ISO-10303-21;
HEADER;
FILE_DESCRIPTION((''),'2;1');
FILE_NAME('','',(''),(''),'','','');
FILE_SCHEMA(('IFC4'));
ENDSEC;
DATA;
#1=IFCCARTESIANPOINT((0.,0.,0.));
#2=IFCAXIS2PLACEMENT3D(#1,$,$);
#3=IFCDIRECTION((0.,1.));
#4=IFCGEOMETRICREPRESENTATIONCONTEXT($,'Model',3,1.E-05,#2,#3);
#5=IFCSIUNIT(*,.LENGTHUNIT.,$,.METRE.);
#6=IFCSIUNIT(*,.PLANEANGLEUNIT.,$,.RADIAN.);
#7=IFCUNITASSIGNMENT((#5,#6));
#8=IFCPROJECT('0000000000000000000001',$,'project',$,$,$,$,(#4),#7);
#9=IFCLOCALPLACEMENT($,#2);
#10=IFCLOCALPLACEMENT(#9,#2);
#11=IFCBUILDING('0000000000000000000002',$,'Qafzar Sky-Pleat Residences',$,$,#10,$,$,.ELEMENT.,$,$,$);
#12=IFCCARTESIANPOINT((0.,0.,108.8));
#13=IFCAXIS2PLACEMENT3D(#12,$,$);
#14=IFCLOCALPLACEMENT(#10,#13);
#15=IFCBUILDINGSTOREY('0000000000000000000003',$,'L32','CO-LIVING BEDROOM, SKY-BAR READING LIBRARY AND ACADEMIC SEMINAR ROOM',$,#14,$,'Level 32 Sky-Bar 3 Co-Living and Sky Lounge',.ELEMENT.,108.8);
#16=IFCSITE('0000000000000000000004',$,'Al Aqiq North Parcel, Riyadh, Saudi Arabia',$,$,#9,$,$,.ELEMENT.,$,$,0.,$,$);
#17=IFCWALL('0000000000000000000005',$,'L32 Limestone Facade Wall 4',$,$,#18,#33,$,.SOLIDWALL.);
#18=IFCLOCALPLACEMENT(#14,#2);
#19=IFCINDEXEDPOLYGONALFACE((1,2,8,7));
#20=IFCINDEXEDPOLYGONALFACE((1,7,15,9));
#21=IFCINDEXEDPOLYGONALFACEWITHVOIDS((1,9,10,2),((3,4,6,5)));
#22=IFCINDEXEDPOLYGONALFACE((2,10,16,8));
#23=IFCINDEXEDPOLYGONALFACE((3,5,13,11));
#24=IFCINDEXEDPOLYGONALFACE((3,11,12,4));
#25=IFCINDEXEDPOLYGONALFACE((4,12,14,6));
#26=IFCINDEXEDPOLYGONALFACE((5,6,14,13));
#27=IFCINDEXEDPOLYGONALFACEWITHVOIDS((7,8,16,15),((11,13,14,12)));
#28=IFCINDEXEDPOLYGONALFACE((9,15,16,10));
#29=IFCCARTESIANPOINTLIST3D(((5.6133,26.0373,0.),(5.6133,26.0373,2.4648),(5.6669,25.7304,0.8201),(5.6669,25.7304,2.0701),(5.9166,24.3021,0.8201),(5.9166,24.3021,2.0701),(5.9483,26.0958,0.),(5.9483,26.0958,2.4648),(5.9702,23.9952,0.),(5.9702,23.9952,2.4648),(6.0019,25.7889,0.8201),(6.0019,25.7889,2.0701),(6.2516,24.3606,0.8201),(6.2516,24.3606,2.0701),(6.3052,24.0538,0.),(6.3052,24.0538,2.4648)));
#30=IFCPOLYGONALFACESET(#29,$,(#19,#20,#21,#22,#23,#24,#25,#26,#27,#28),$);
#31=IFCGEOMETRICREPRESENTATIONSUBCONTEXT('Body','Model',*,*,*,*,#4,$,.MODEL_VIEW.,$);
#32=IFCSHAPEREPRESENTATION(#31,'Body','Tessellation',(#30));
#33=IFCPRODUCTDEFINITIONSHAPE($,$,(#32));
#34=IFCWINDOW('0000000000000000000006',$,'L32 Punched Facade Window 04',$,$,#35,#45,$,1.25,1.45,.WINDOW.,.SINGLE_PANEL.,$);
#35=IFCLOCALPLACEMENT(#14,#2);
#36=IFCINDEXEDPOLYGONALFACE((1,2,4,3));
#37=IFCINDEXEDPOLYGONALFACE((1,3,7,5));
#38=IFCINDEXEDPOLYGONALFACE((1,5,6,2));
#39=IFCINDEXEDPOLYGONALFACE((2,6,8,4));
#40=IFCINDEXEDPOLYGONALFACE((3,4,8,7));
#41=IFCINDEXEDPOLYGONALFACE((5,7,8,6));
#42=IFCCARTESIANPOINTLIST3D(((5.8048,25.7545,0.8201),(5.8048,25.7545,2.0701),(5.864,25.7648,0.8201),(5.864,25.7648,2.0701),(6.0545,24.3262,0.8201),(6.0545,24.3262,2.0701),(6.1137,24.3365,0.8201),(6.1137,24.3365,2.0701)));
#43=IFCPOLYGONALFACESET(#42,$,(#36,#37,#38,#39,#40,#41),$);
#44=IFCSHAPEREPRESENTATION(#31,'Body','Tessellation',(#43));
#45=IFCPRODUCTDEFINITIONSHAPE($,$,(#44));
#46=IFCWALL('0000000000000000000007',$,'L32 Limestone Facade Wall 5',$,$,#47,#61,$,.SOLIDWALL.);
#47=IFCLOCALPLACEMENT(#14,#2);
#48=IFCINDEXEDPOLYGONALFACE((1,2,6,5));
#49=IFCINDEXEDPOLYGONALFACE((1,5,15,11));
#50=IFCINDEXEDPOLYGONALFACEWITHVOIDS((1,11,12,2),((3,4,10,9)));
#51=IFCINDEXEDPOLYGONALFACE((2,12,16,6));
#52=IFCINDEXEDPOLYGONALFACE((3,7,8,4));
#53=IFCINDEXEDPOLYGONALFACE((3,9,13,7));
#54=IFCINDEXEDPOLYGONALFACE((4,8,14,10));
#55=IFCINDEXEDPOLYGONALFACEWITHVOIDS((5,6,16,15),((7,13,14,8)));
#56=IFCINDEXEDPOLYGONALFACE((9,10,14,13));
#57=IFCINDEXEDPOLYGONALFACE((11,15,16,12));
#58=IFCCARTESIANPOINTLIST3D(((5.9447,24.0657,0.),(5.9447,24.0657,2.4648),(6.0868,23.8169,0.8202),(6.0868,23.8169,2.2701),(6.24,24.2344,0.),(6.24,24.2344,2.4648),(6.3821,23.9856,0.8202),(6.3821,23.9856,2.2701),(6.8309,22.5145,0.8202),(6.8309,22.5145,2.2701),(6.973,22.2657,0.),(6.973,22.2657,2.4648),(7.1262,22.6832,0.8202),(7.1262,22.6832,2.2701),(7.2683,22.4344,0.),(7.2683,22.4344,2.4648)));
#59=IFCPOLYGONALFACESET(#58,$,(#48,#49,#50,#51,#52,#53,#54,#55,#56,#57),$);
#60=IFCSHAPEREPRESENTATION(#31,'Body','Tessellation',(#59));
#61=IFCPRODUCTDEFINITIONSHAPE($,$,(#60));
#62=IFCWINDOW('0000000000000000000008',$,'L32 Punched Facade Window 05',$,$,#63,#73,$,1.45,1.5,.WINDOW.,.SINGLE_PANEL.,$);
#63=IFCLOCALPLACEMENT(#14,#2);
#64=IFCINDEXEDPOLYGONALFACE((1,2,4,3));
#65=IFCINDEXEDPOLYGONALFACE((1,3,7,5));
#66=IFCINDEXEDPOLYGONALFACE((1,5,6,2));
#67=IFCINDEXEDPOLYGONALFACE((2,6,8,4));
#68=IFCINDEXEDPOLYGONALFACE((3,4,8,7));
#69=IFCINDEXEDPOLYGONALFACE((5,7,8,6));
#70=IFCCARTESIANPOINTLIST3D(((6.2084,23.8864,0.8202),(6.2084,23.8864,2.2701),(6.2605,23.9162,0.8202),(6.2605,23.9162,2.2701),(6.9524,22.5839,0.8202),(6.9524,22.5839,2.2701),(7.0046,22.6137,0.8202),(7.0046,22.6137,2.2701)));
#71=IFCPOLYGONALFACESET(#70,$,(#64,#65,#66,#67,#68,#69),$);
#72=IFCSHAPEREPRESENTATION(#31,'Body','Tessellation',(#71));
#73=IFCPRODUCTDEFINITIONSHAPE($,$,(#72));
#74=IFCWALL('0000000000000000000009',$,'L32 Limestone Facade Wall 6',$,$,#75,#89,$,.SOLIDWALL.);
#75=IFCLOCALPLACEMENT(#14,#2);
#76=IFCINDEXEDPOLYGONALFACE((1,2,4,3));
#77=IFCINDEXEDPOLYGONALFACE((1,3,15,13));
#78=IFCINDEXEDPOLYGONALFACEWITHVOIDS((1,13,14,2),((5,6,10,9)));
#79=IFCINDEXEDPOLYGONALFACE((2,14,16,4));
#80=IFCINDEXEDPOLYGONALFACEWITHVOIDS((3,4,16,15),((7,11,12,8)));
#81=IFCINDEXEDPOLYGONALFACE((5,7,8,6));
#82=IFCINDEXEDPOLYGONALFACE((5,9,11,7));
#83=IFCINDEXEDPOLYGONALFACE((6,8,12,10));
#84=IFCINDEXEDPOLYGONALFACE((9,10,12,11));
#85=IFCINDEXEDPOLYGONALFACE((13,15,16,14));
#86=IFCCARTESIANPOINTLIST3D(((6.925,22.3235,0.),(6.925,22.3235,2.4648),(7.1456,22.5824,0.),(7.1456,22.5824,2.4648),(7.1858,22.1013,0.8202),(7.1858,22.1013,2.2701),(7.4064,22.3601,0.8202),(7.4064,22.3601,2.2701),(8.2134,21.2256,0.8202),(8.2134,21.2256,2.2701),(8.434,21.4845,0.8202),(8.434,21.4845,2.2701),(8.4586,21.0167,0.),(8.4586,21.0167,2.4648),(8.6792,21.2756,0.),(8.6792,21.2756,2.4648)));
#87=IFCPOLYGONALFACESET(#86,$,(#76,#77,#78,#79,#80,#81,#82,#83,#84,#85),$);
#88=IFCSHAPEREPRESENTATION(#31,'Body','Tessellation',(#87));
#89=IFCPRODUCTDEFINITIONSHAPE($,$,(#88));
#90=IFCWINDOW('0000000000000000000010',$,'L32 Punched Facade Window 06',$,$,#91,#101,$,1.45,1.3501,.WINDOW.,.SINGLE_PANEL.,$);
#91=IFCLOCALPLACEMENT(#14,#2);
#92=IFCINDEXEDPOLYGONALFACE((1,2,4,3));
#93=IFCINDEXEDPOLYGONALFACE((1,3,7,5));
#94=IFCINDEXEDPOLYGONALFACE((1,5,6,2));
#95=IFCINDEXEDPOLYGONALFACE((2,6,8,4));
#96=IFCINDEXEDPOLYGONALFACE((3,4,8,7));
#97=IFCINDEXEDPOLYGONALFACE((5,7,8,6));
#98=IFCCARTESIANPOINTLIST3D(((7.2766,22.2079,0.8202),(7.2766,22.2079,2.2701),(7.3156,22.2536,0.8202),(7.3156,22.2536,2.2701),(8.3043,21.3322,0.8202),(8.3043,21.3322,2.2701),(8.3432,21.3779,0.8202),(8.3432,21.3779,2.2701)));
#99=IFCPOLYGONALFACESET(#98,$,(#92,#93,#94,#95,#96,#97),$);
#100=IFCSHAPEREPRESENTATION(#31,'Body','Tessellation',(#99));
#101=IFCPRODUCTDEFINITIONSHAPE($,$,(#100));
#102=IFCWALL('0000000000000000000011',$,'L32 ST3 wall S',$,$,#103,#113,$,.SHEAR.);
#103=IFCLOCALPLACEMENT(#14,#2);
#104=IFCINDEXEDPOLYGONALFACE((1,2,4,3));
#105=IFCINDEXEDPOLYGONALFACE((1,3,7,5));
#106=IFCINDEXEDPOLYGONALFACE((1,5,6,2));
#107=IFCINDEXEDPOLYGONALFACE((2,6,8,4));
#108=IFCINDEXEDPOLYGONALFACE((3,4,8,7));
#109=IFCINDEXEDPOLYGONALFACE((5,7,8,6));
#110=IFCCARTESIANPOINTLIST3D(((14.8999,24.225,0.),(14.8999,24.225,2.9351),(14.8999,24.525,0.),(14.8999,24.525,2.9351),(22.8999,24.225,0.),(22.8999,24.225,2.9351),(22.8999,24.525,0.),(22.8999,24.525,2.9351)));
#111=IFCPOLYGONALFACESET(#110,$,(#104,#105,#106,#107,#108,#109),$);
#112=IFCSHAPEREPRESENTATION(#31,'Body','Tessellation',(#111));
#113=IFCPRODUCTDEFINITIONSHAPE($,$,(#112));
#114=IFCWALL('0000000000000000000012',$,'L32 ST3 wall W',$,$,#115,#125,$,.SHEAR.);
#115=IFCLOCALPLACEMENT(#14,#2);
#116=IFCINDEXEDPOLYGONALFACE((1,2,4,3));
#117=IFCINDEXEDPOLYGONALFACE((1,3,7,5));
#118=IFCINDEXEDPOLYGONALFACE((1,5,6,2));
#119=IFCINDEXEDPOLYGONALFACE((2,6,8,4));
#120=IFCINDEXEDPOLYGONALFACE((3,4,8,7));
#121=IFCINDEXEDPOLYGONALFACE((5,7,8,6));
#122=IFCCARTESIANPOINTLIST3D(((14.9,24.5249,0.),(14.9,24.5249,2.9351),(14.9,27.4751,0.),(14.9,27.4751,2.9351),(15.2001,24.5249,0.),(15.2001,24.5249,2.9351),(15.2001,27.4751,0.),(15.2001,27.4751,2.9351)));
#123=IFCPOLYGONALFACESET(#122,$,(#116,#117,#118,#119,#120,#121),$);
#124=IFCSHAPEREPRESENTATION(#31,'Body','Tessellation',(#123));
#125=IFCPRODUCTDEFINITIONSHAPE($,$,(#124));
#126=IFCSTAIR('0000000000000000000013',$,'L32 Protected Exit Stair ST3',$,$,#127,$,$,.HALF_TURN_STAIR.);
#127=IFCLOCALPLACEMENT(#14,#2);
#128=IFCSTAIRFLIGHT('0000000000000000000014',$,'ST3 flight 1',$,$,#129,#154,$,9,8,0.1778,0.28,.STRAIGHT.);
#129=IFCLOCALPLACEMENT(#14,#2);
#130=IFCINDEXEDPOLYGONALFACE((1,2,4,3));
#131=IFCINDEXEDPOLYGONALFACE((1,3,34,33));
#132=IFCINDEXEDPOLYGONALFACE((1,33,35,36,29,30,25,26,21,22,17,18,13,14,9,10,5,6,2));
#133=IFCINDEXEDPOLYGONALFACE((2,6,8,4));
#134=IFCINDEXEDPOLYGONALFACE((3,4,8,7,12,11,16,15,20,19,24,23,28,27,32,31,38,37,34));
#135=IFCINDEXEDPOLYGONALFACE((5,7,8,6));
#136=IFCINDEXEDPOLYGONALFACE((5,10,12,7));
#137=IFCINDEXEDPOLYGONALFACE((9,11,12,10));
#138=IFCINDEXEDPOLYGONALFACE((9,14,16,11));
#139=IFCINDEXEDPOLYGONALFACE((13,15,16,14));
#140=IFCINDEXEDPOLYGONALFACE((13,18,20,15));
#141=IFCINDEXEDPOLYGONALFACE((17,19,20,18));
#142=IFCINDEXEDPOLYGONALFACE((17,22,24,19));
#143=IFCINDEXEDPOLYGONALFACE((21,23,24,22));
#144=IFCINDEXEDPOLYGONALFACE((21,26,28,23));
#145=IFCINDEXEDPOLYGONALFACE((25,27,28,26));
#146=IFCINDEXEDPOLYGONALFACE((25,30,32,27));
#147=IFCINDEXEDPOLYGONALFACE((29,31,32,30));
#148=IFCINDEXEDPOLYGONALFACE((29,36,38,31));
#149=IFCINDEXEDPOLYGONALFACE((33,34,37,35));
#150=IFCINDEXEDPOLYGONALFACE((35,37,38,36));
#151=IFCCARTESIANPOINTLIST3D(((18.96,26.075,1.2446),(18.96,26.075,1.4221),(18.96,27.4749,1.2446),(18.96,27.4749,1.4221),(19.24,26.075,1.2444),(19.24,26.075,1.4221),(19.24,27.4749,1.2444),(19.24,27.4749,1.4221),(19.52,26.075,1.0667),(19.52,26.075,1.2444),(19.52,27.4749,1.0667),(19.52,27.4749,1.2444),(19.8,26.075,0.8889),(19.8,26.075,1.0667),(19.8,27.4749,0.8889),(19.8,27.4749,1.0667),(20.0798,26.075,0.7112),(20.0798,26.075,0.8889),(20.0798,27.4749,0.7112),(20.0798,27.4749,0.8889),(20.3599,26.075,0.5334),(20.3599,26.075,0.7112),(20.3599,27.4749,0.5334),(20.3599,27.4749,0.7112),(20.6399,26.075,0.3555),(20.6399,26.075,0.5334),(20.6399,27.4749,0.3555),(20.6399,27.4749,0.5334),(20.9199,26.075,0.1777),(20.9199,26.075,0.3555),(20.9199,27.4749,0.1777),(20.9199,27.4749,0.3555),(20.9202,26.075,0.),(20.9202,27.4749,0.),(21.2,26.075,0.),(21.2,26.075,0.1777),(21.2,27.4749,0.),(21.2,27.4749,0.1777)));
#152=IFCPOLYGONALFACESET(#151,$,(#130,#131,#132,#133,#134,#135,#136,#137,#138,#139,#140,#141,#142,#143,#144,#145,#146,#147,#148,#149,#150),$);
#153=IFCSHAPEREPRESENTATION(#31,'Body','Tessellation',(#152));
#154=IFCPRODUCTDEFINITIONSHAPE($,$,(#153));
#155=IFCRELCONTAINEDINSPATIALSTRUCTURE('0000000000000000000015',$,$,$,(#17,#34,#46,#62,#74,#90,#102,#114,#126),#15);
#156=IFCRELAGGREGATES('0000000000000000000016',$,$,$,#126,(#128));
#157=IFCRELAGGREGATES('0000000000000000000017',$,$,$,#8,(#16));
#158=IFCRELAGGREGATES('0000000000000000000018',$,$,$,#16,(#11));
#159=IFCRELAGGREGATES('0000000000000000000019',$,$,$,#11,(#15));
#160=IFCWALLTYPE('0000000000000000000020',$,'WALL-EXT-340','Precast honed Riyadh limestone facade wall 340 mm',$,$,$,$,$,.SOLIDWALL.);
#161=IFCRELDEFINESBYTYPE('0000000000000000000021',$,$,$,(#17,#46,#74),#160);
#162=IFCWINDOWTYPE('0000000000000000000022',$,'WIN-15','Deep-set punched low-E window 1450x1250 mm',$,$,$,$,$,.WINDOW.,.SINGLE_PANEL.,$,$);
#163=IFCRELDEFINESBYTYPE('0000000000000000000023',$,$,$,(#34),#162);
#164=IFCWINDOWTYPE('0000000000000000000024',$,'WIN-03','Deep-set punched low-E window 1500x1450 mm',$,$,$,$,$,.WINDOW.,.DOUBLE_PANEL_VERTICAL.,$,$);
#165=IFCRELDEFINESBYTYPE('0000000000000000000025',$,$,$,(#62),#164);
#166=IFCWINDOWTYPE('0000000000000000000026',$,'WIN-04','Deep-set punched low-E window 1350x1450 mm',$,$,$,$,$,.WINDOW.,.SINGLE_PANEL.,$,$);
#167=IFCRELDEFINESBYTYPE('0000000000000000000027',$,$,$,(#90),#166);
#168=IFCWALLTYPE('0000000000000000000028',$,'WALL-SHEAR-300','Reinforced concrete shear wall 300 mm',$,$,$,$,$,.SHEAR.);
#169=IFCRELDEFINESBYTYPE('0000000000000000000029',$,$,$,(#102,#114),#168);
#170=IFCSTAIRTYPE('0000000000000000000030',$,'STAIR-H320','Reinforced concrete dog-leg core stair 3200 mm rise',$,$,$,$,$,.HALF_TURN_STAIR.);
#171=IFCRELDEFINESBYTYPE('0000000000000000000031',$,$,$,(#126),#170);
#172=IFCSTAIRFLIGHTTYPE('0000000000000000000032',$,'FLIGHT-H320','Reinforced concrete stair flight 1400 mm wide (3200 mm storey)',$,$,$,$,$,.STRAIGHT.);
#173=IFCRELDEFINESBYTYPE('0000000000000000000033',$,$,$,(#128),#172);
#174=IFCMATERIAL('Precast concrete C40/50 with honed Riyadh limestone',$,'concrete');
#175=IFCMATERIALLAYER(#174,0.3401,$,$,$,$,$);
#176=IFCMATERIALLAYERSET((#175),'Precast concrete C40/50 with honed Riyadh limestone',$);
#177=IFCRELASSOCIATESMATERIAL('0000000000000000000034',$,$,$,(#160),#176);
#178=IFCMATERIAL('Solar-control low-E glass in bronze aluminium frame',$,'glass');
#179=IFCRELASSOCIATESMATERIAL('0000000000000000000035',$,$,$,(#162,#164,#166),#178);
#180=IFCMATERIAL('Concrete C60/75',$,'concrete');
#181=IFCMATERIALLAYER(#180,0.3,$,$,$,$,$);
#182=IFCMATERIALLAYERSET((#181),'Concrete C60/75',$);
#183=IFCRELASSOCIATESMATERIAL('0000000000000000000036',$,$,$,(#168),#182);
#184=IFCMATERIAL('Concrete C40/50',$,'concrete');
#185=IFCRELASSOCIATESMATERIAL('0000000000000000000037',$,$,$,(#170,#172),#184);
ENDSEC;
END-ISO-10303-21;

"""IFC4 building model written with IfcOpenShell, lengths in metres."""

from ifc_helpers import new_model, si_unit, direction, frame, frame_2d, origin, place, context, subcontext, project, spatial, polyline, rectangle, outline, extrude, source, transform, mapped, material, layer, layer_set, type_object, element, fill, aggregate, save


model = new_model("IFC4")

# Units and contexts
model_context = context("Model", 3, precision=1e-05, world=origin(), true_north=direction((0.0, 1.0)))
body_context = subcontext(model_context, "Body", "Model", "MODEL_VIEW")
ifc_project = project(units=[si_unit("LENGTHUNIT", "METRE"), si_unit("PLANEANGLEUNIT", "RADIAN")], contexts=[model_context])

# Site, building, storey
site_placement = place(None, origin())
site = spatial("IfcSite", under=ifc_project, at=site_placement, Name="Al Aqiq North Parcel, Riyadh, Saudi Arabia", CompositionType="ELEMENT", RefElevation=0.0)
building_placement = place(site_placement, origin())
building = spatial("IfcBuilding", under=site, at=building_placement, Name="Qafzar Sky-Pleat Residences", CompositionType="ELEMENT")
storey_placement = place(building_placement, frame((0.0, 0.0, 108.8)))
storey = spatial("IfcBuildingStorey", under=building, at=storey_placement, Name="L32", Description="CO-LIVING BEDROOM, SKY-BAR READING LIBRARY AND ACADEMIC SEMINAR ROOM", LongName="Level 32 Sky-Bar 3 Co-Living and Sky Lounge", CompositionType="ELEMENT", Elevation=108.8)

# Shared definitions
ifc_material_1 = material(Name="Concrete C60/75", Category="concrete")

# Walls, openings, windows
ifc_material_2 = material(Name="Precast concrete C40/50 with honed Riyadh limestone", Category="concrete")
ifc_layer_1 = layer(ifc_material_2, 0.3401)
ifc_layer_set_1 = layer_set([ifc_layer_1], Name="Precast concrete C40/50 with honed Riyadh limestone")
wall_type_1 = type_object("IfcWallType", Name="WALL-EXT-340", Description="Precast honed Riyadh limestone facade wall 340 mm", PredefinedType="SOLIDWALL", material=ifc_layer_set_1)
ifc_material_3 = material(Name="Solar-control low-E glass in bronze aluminium frame", Category="glass")
wall_1_placement = place(storey_placement, frame((5.7808, 26.0667, 0.0), z_axis=(0.0, 0.0, 1.0), x_axis=(0.172186, -0.985064, 0.0)))
wall_1 = element("IfcWall", 1, at=wall_1_placement, inside=storey, type_object=wall_type_1, Name="L32 Limestone Facade Wall 4", PredefinedType="SOLIDWALL", context=body_context, shape_type="SweptSolid", body=[
    extrude(rectangle(XDim=2.073, YDim=0.3401, at=frame_2d((1.0366, 0.0))), origin(), (0.0, 0.0, 1.0), 2.4648),
])
opening_1_placement = place(wall_1_placement, frame((0.3115, 0.0, 0.8201)))
opening_1 = element("IfcOpeningElement", 2, at=opening_1_placement, cuts=wall_1, PredefinedType="OPENING", context=body_context, shape_type="SweptSolid", body=[
    extrude(rectangle(XDim=1.45, YDim=1.25, at=frame_2d((0.7251, 0.625))), frame((0.0, 0.1802, 0.0), z_axis=(0.0, -1.0, 0.0), x_axis=(1.0, 0.0, 0.0)), (0.0, 0.0, 1.0), 0.3601),
])
window_type_1 = type_object("IfcWindowType", Name="WIN-15", Description="Deep-set punched low-E window 1450x1250 mm", PartitioningType="SINGLE_PANEL", PredefinedType="WINDOW", material=ifc_material_3)
shared_shape_1 = source(origin(), body_context, "Body", "SweptSolid", [
    extrude(rectangle(XDim=1.45, YDim=1.25, at=frame_2d((0.7251, 0.625))), frame((0.0, 0.03, 0.0), z_axis=(0.0, -1.0, 0.0), x_axis=(1.0, 0.0, 0.0)), (0.0, 0.0, 1.0), 0.0601),
])
window_1_placement = place(opening_1_placement, origin())
window_1 = element("IfcWindow", 3, at=window_1_placement, inside=storey, type_object=window_type_1, Name="L32 Punched Facade Window 04", OverallHeight=1.25, OverallWidth=1.45, PartitioningType="SINGLE_PANEL", PredefinedType="WINDOW", context=body_context, shape_type="MappedRepresentation", body=[
    mapped(shared_shape_1, transform((0.0, 0.0, 0.0), x_axis=(1.0, 0.0, 0.0), y_axis=(0.0, 1.0, 0.0), z_axis=(0.0, 0.0, 1.0), scale=1.0)),
])
fill(opening_1, window_1)
wall_2_placement = place(storey_placement, frame((6.0923, 24.1501, 0.0), z_axis=(0.0, 0.0, 1.0), x_axis=(0.496037, -0.868301, 0.0)))
wall_2 = element("IfcWall", 4, at=wall_2_placement, inside=storey, type_object=wall_type_1, Name="L32 Limestone Facade Wall 5", PredefinedType="SOLIDWALL", context=body_context, shape_type="SweptSolid", body=[
    extrude(rectangle(XDim=2.073, YDim=0.3401, at=frame_2d((1.0366, 0.0))), origin(), (0.0, 0.0, 1.0), 2.4648),
])
opening_2_placement = place(wall_2_placement, frame((0.2866, 0.0, 0.8201)))
opening_2 = element("IfcOpeningElement", 5, at=opening_2_placement, cuts=wall_2, PredefinedType="OPENING", context=body_context, shape_type="SweptSolid", body=[
    extrude(rectangle(XDim=1.5, YDim=1.45, at=frame_2d((0.75, 0.7251))), frame((0.0, 0.1802, 0.0), z_axis=(0.0, -1.0, 0.0), x_axis=(1.0, 0.0, 0.0)), (0.0, 0.0, 1.0), 0.3601),
])
window_type_2 = type_object("IfcWindowType", Name="WIN-03", Description="Deep-set punched low-E window 1500x1450 mm", PartitioningType="DOUBLE_PANEL_VERTICAL", PredefinedType="WINDOW", material=ifc_material_3)
shared_shape_2 = source(origin(), body_context, "Body", "SweptSolid", [
    extrude(rectangle(XDim=1.5, YDim=1.45, at=frame_2d((0.75, 0.7251))), frame((0.0, 0.03, 0.0), z_axis=(0.0, -1.0, 0.0), x_axis=(1.0, 0.0, 0.0)), (0.0, 0.0, 1.0), 0.0601),
])
window_2_placement = place(opening_2_placement, origin())
window_2 = element("IfcWindow", 6, at=window_2_placement, inside=storey, type_object=window_type_2, Name="L32 Punched Facade Window 05", OverallHeight=1.45, OverallWidth=1.5, PartitioningType="SINGLE_PANEL", PredefinedType="WINDOW", context=body_context, shape_type="MappedRepresentation", body=[
    mapped(shared_shape_2, transform((0.0, 0.0, 0.0), x_axis=(1.0, 0.0, 0.0), y_axis=(0.0, 1.0, 0.0), z_axis=(0.0, 0.0, 1.0), scale=1.0)),
])
fill(opening_2, window_2)
wall_3_placement = place(storey_placement, frame((7.0354, 22.4529, 0.0), z_axis=(0.0, 0.0, 1.0), x_axis=(0.761144, -0.648583, 0.0)))
wall_3 = element("IfcWall", 7, at=wall_3_placement, inside=storey, type_object=wall_type_1, Name="L32 Limestone Facade Wall 6", PredefinedType="SOLIDWALL", context=body_context, shape_type="SweptSolid", body=[
    extrude(rectangle(XDim=2.0149, YDim=0.3401, at=frame_2d((1.0073, 0.0))), origin(), (0.0, 0.0, 1.0), 2.4648),
])
opening_3_placement = place(wall_3_placement, frame((0.3425, 0.0, 0.8201)))
opening_3 = element("IfcOpeningElement", 8, at=opening_3_placement, cuts=wall_3, PredefinedType="OPENING", context=body_context, shape_type="SweptSolid", body=[
    extrude(rectangle(XDim=1.3501, YDim=1.45, at=frame_2d((0.675, 0.7251))), frame((0.0, 0.1802, 0.0), z_axis=(0.0, -1.0, 0.0), x_axis=(1.0, 0.0, 0.0)), (0.0, 0.0, 1.0), 0.3601),
])
window_type_3 = type_object("IfcWindowType", Name="WIN-04", Description="Deep-set punched low-E window 1350x1450 mm", PartitioningType="SINGLE_PANEL", PredefinedType="WINDOW", material=ifc_material_3)
shared_shape_3 = source(origin(), body_context, "Body", "SweptSolid", [
    extrude(rectangle(XDim=1.3501, YDim=1.45, at=frame_2d((0.675, 0.7251))), frame((0.0, 0.03, 0.0), z_axis=(0.0, -1.0, 0.0), x_axis=(1.0, 0.0, 0.0)), (0.0, 0.0, 1.0), 0.0601),
])
window_3_placement = place(opening_3_placement, origin())
window_3 = element("IfcWindow", 9, at=window_3_placement, inside=storey, type_object=window_type_3, Name="L32 Punched Facade Window 06", OverallHeight=1.45, OverallWidth=1.3501, PartitioningType="SINGLE_PANEL", PredefinedType="WINDOW", context=body_context, shape_type="MappedRepresentation", body=[
    mapped(shared_shape_3, transform((0.0, 0.0, 0.0), x_axis=(1.0, 0.0, 0.0), y_axis=(0.0, 1.0, 0.0), z_axis=(0.0, 0.0, 1.0), scale=1.0)),
])
fill(opening_3, window_3)

# Walls
ifc_layer_2 = layer(ifc_material_1, 0.3)
ifc_layer_set_2 = layer_set([ifc_layer_2], Name="Concrete C60/75")
wall_type_2 = type_object("IfcWallType", Name="WALL-SHEAR-300", Description="Reinforced concrete shear wall 300 mm", PredefinedType="SHEAR", material=ifc_layer_set_2)
wall_4_placement = place(storey_placement, frame((14.8999, 24.375, 0.0), z_axis=(0.0, 0.0, 1.0), x_axis=(1.0, 0.0, 0.0)))
element("IfcWall", 10, at=wall_4_placement, inside=storey, type_object=wall_type_2, Name="L32 ST3 wall S", PredefinedType="SHEAR", context=body_context, shape_type="SweptSolid", body=[
    extrude(rectangle(XDim=8.0, YDim=0.3, at=frame_2d((4.0, 0.0))), origin(), (0.0, 0.0, 1.0), 2.9351),
])
wall_5_placement = place(storey_placement, frame((15.05, 27.4751, 0.0), z_axis=(0.0, 0.0, 1.0), x_axis=(0.0, -1.0, 0.0)))
element("IfcWall", 11, at=wall_5_placement, inside=storey, type_object=wall_type_2, Name="L32 ST3 wall W", PredefinedType="SHEAR", context=body_context, shape_type="SweptSolid", body=[
    extrude(rectangle(XDim=2.9502, YDim=0.3, at=frame_2d((1.4751, 0.0))), origin(), (0.0, 0.0, 1.0), 2.9351),
])

# Stair, stair flight
ifc_material_4 = material(Name="Concrete C40/50", Category="concrete")
stair_type = type_object("IfcStairType", Name="STAIR-H320", Description="Reinforced concrete dog-leg core stair 3200 mm rise", PredefinedType="HALF_TURN_STAIR", material=ifc_material_4)
stair_placement = place(storey_placement, origin())
stair = element("IfcStair", 12, at=stair_placement, inside=storey, type_object=stair_type, Name="L32 Protected Exit Stair ST3", PredefinedType="HALF_TURN_STAIR")
stair_flight_type = type_object("IfcStairFlightType", Name="FLIGHT-H320", Description="Reinforced concrete stair flight 1400 mm wide (3200 mm storey)", PredefinedType="STRAIGHT", material=ifc_material_4)
shared_shape_4 = source(origin(), body_context, "Body", "SweptSolid", [
    extrude(outline(polyline([(0.0, 0.0), (0.0, 0.1777), (0.28, 0.1777), (0.28, 0.3555), (0.5601, 0.3555), (0.5601, 0.5334), (0.8401, 0.5334), (0.8401, 0.7112), (1.1201, 0.7112), (1.1201, 0.8889), (1.3999, 0.8889), (1.3999, 1.0667), (1.6799, 1.0667), (1.6799, 1.2444), (1.96, 1.2444), (1.96, 1.4221), (2.24, 1.4221), (2.24, 1.6001), (2.24, 1.2446), (0.2798, 0.0), (0.0, 0.0)])), frame((0.0, 0.7, 0.0), z_axis=(0.0, -1.0, 0.0), x_axis=(1.0, 0.0, 0.0)), (0.0, 0.0, 1.0), 1.3999),
])
stair_flight_1_placement = place(storey_placement, frame((21.2, 26.7749, 0.0), z_axis=(0.0, 0.0, 1.0), x_axis=(-1.0, 0.0, 0.0)))
stair_flight_1 = element("IfcStairFlight", 13, at=stair_flight_1_placement, type_object=stair_flight_type, Name="ST3 flight 1", NumberOfRisers=9, NumberOfTreads=8, PredefinedType="STRAIGHT", RiserHeight=0.1778, TreadLength=0.28, context=body_context, shape_type="MappedRepresentation", body=[
    mapped(shared_shape_4, transform((0.0, 0.0, 0.0), x_axis=(1.0, 0.0, 0.0), y_axis=(0.0, 1.0, 0.0), z_axis=(0.0, 0.0, 1.0), scale=1.0)),
])
aggregate(stair, [stair_flight_1])

save(model, "model.ifc")
